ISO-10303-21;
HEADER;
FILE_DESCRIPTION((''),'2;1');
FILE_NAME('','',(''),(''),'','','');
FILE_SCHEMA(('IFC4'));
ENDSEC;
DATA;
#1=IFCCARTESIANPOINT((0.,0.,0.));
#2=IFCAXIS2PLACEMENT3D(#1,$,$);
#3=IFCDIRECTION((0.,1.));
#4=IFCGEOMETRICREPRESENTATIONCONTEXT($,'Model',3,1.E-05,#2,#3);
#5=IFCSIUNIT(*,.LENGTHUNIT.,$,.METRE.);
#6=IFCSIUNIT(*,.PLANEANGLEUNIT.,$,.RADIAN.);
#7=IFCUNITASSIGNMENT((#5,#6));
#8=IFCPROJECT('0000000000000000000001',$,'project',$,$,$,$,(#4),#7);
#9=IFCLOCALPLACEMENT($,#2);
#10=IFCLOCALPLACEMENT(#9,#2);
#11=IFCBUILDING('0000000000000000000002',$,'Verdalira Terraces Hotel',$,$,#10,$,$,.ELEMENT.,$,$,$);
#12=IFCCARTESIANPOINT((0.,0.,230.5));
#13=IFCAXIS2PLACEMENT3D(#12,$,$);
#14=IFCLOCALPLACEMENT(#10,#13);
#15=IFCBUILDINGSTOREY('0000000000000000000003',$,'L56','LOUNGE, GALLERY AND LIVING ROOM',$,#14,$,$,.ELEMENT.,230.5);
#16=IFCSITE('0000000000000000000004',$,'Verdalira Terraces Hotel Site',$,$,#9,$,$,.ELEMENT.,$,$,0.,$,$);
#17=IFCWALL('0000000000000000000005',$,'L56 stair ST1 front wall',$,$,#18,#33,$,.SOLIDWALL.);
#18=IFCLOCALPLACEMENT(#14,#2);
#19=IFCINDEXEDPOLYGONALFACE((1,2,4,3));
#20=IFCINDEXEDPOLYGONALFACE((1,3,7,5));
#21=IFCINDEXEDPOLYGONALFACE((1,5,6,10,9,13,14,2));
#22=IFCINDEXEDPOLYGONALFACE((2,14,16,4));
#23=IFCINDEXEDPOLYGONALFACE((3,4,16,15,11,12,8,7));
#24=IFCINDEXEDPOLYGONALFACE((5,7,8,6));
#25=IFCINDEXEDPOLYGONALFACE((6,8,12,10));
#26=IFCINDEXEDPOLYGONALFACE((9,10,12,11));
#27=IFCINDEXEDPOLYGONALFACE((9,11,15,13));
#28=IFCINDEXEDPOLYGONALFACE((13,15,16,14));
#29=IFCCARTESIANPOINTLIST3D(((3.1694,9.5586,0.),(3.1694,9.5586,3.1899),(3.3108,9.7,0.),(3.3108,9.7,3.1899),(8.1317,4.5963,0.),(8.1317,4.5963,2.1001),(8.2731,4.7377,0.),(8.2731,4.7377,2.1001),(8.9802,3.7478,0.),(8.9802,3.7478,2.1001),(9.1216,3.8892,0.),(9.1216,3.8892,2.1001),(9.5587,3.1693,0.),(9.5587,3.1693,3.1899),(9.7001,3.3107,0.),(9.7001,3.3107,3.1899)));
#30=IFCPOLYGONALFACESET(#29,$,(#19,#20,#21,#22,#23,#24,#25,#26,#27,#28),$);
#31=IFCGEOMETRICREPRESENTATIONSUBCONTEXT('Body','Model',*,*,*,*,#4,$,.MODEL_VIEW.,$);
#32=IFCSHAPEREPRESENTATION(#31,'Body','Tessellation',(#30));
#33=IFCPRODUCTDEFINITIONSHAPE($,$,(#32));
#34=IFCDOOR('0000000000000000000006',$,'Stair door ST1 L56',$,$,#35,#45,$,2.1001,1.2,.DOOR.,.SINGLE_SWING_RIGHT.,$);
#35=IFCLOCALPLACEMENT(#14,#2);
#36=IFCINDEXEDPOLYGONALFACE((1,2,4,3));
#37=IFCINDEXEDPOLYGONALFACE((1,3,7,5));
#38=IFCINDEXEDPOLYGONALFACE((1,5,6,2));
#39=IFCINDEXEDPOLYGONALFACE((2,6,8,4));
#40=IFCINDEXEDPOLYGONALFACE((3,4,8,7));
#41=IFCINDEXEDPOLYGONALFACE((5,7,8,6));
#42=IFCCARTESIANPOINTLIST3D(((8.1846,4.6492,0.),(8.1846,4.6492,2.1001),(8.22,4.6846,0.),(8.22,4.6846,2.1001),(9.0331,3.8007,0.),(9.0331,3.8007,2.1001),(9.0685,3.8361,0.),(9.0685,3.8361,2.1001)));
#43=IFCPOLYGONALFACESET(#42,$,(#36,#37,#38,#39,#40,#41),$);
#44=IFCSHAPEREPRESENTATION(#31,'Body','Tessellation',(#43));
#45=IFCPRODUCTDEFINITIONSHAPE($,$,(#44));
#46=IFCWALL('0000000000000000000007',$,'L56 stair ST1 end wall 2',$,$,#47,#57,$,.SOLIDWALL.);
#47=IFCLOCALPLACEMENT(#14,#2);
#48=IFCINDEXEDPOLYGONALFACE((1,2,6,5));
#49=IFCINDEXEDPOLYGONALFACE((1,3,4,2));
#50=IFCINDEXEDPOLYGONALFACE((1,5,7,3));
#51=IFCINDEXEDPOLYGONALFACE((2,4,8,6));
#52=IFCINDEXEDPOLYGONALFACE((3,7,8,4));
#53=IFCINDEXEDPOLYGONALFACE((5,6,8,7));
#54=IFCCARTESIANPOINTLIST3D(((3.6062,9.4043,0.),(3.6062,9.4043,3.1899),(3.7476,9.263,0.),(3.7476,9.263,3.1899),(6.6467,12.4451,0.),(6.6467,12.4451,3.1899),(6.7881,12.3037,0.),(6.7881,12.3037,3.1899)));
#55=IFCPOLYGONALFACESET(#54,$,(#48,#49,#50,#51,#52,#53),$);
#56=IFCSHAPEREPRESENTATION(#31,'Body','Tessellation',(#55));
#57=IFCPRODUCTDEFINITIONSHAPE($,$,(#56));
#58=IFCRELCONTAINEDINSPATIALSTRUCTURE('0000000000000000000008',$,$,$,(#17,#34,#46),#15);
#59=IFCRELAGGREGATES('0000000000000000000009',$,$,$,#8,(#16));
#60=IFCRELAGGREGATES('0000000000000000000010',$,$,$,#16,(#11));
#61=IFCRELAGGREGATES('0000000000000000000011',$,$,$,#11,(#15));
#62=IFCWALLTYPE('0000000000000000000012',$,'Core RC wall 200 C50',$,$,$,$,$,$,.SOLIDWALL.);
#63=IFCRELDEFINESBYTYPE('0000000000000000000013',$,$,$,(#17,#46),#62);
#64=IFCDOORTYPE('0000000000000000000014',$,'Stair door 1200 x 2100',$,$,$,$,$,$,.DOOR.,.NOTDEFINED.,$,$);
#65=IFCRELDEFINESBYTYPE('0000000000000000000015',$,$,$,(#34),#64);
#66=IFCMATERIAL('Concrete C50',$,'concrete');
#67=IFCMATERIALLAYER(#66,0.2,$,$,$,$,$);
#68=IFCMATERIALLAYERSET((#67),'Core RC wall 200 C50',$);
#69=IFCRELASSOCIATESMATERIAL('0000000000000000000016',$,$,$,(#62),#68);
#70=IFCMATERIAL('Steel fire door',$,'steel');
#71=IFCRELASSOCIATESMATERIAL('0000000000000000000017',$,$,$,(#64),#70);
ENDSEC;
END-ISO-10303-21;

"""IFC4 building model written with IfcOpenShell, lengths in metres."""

from ifc_helpers import new_model, si_unit, direction, frame, frame_2d, origin, place, context, subcontext, project, spatial, rectangle, extrude, material, layer, layer_set, type_object, element, fill, save


model = new_model("IFC4")

# Units and contexts
model_context = context("Model", 3, precision=1e-05, world=origin(), true_north=direction((0.0, 1.0)))
body_context = subcontext(model_context, "Body", "Model", "MODEL_VIEW")
ifc_project = project(units=[si_unit("LENGTHUNIT", "METRE"), si_unit("PLANEANGLEUNIT", "RADIAN")], contexts=[model_context])

# Site, building, storey
site_placement = place(None, origin())
site = spatial("IfcSite", under=ifc_project, at=site_placement, Name="Verdalira Terraces Hotel Site", CompositionType="ELEMENT", RefElevation=0.0)
building_placement = place(site_placement, origin())
building = spatial("IfcBuilding", under=site, at=building_placement, Name="Verdalira Terraces Hotel", CompositionType="ELEMENT")
storey_placement = place(building_placement, frame((0.0, 0.0, 230.5)))
storey = spatial("IfcBuildingStorey", under=building, at=storey_placement, Name="L56", Description="LOUNGE, GALLERY AND LIVING ROOM", CompositionType="ELEMENT", Elevation=230.5)

# Shared definitions
ifc_material_1 = material(Name="Concrete C50", Category="concrete")
ifc_layer_1 = layer(ifc_material_1, 0.2)
ifc_layer_set_1 = layer_set([ifc_layer_1], Name="Core RC wall 200 C50")
wall_type_1 = type_object("IfcWallType", Name="Core RC wall 200 C50", PredefinedType="SOLIDWALL", material=ifc_layer_set_1)

# Wall, opening, door
wall_1_placement = place(storey_placement, frame((3.24, 9.6294, 0.0), z_axis=(0.0, 0.0, 1.0), x_axis=(0.707107, -0.707107, 0.0)))
wall_1 = element("IfcWall", 1, at=wall_1_placement, inside=storey, type_object=wall_type_1, Name="L56 stair ST1 front wall", PredefinedType="SOLIDWALL", context=body_context, shape_type="SweptSolid", body=[
    extrude(rectangle(XDim=9.0359, YDim=0.2, at=frame_2d((4.5181, 0.0))), origin(), (0.0, 0.0, 1.0), 3.1899),
])
opening_1_placement = place(wall_1_placement, frame((7.0178, 0.0, 0.0)))
opening_1 = element("IfcOpeningElement", 2, at=opening_1_placement, cuts=wall_1, PredefinedType="OPENING", context=body_context, shape_type="SweptSolid", body=[
    extrude(rectangle(XDim=1.2, YDim=2.1001, at=frame_2d((0.6001, 1.05))), frame((0.0, 0.1099, 0.0), z_axis=(0.0, -1.0, 0.0), x_axis=(1.0, 0.0, 0.0)), (0.0, 0.0, 1.0), 0.22),
])
ifc_material_2 = material(Name="Steel fire door", Category="steel")
door_type_1 = type_object("IfcDoorType", Name="Stair door 1200 x 2100", OperationType="NOTDEFINED", PredefinedType="DOOR", material=ifc_material_2)
door_1_placement = place(opening_1_placement, origin())
door_1 = element("IfcDoor", 3, at=door_1_placement, inside=storey, type_object=door_type_1, Name="Stair door ST1 L56", OperationType="SINGLE_SWING_RIGHT", OverallHeight=2.1001, OverallWidth=1.2, PredefinedType="DOOR", context=body_context, shape_type="SweptSolid", body=[
    extrude(rectangle(XDim=1.2, YDim=2.1001, at=frame_2d((0.6001, 1.05))), frame((0.0, 0.0249, 0.0), z_axis=(0.0, -1.0, 0.0), x_axis=(1.0, 0.0, 0.0)), (0.0, 0.0, 1.0), 0.05),
])
fill(opening_1, door_1)

# Wall
wall_2_placement = place(storey_placement, frame((3.677, 9.3337, 0.0), z_axis=(0.0, 0.0, 1.0), x_axis=(0.707078, 0.707135, 0.0)))
element("IfcWall", 4, at=wall_2_placement, inside=storey, type_object=wall_type_1, Name="L56 stair ST1 end wall 2", PredefinedType="SOLIDWALL", context=body_context, shape_type="SweptSolid", body=[
    extrude(rectangle(XDim=4.3, YDim=0.2, at=frame_2d((2.1499, 0.0))), origin(), (0.0, 0.0, 1.0), 3.1899),
])

save(model, "model.ifc")
